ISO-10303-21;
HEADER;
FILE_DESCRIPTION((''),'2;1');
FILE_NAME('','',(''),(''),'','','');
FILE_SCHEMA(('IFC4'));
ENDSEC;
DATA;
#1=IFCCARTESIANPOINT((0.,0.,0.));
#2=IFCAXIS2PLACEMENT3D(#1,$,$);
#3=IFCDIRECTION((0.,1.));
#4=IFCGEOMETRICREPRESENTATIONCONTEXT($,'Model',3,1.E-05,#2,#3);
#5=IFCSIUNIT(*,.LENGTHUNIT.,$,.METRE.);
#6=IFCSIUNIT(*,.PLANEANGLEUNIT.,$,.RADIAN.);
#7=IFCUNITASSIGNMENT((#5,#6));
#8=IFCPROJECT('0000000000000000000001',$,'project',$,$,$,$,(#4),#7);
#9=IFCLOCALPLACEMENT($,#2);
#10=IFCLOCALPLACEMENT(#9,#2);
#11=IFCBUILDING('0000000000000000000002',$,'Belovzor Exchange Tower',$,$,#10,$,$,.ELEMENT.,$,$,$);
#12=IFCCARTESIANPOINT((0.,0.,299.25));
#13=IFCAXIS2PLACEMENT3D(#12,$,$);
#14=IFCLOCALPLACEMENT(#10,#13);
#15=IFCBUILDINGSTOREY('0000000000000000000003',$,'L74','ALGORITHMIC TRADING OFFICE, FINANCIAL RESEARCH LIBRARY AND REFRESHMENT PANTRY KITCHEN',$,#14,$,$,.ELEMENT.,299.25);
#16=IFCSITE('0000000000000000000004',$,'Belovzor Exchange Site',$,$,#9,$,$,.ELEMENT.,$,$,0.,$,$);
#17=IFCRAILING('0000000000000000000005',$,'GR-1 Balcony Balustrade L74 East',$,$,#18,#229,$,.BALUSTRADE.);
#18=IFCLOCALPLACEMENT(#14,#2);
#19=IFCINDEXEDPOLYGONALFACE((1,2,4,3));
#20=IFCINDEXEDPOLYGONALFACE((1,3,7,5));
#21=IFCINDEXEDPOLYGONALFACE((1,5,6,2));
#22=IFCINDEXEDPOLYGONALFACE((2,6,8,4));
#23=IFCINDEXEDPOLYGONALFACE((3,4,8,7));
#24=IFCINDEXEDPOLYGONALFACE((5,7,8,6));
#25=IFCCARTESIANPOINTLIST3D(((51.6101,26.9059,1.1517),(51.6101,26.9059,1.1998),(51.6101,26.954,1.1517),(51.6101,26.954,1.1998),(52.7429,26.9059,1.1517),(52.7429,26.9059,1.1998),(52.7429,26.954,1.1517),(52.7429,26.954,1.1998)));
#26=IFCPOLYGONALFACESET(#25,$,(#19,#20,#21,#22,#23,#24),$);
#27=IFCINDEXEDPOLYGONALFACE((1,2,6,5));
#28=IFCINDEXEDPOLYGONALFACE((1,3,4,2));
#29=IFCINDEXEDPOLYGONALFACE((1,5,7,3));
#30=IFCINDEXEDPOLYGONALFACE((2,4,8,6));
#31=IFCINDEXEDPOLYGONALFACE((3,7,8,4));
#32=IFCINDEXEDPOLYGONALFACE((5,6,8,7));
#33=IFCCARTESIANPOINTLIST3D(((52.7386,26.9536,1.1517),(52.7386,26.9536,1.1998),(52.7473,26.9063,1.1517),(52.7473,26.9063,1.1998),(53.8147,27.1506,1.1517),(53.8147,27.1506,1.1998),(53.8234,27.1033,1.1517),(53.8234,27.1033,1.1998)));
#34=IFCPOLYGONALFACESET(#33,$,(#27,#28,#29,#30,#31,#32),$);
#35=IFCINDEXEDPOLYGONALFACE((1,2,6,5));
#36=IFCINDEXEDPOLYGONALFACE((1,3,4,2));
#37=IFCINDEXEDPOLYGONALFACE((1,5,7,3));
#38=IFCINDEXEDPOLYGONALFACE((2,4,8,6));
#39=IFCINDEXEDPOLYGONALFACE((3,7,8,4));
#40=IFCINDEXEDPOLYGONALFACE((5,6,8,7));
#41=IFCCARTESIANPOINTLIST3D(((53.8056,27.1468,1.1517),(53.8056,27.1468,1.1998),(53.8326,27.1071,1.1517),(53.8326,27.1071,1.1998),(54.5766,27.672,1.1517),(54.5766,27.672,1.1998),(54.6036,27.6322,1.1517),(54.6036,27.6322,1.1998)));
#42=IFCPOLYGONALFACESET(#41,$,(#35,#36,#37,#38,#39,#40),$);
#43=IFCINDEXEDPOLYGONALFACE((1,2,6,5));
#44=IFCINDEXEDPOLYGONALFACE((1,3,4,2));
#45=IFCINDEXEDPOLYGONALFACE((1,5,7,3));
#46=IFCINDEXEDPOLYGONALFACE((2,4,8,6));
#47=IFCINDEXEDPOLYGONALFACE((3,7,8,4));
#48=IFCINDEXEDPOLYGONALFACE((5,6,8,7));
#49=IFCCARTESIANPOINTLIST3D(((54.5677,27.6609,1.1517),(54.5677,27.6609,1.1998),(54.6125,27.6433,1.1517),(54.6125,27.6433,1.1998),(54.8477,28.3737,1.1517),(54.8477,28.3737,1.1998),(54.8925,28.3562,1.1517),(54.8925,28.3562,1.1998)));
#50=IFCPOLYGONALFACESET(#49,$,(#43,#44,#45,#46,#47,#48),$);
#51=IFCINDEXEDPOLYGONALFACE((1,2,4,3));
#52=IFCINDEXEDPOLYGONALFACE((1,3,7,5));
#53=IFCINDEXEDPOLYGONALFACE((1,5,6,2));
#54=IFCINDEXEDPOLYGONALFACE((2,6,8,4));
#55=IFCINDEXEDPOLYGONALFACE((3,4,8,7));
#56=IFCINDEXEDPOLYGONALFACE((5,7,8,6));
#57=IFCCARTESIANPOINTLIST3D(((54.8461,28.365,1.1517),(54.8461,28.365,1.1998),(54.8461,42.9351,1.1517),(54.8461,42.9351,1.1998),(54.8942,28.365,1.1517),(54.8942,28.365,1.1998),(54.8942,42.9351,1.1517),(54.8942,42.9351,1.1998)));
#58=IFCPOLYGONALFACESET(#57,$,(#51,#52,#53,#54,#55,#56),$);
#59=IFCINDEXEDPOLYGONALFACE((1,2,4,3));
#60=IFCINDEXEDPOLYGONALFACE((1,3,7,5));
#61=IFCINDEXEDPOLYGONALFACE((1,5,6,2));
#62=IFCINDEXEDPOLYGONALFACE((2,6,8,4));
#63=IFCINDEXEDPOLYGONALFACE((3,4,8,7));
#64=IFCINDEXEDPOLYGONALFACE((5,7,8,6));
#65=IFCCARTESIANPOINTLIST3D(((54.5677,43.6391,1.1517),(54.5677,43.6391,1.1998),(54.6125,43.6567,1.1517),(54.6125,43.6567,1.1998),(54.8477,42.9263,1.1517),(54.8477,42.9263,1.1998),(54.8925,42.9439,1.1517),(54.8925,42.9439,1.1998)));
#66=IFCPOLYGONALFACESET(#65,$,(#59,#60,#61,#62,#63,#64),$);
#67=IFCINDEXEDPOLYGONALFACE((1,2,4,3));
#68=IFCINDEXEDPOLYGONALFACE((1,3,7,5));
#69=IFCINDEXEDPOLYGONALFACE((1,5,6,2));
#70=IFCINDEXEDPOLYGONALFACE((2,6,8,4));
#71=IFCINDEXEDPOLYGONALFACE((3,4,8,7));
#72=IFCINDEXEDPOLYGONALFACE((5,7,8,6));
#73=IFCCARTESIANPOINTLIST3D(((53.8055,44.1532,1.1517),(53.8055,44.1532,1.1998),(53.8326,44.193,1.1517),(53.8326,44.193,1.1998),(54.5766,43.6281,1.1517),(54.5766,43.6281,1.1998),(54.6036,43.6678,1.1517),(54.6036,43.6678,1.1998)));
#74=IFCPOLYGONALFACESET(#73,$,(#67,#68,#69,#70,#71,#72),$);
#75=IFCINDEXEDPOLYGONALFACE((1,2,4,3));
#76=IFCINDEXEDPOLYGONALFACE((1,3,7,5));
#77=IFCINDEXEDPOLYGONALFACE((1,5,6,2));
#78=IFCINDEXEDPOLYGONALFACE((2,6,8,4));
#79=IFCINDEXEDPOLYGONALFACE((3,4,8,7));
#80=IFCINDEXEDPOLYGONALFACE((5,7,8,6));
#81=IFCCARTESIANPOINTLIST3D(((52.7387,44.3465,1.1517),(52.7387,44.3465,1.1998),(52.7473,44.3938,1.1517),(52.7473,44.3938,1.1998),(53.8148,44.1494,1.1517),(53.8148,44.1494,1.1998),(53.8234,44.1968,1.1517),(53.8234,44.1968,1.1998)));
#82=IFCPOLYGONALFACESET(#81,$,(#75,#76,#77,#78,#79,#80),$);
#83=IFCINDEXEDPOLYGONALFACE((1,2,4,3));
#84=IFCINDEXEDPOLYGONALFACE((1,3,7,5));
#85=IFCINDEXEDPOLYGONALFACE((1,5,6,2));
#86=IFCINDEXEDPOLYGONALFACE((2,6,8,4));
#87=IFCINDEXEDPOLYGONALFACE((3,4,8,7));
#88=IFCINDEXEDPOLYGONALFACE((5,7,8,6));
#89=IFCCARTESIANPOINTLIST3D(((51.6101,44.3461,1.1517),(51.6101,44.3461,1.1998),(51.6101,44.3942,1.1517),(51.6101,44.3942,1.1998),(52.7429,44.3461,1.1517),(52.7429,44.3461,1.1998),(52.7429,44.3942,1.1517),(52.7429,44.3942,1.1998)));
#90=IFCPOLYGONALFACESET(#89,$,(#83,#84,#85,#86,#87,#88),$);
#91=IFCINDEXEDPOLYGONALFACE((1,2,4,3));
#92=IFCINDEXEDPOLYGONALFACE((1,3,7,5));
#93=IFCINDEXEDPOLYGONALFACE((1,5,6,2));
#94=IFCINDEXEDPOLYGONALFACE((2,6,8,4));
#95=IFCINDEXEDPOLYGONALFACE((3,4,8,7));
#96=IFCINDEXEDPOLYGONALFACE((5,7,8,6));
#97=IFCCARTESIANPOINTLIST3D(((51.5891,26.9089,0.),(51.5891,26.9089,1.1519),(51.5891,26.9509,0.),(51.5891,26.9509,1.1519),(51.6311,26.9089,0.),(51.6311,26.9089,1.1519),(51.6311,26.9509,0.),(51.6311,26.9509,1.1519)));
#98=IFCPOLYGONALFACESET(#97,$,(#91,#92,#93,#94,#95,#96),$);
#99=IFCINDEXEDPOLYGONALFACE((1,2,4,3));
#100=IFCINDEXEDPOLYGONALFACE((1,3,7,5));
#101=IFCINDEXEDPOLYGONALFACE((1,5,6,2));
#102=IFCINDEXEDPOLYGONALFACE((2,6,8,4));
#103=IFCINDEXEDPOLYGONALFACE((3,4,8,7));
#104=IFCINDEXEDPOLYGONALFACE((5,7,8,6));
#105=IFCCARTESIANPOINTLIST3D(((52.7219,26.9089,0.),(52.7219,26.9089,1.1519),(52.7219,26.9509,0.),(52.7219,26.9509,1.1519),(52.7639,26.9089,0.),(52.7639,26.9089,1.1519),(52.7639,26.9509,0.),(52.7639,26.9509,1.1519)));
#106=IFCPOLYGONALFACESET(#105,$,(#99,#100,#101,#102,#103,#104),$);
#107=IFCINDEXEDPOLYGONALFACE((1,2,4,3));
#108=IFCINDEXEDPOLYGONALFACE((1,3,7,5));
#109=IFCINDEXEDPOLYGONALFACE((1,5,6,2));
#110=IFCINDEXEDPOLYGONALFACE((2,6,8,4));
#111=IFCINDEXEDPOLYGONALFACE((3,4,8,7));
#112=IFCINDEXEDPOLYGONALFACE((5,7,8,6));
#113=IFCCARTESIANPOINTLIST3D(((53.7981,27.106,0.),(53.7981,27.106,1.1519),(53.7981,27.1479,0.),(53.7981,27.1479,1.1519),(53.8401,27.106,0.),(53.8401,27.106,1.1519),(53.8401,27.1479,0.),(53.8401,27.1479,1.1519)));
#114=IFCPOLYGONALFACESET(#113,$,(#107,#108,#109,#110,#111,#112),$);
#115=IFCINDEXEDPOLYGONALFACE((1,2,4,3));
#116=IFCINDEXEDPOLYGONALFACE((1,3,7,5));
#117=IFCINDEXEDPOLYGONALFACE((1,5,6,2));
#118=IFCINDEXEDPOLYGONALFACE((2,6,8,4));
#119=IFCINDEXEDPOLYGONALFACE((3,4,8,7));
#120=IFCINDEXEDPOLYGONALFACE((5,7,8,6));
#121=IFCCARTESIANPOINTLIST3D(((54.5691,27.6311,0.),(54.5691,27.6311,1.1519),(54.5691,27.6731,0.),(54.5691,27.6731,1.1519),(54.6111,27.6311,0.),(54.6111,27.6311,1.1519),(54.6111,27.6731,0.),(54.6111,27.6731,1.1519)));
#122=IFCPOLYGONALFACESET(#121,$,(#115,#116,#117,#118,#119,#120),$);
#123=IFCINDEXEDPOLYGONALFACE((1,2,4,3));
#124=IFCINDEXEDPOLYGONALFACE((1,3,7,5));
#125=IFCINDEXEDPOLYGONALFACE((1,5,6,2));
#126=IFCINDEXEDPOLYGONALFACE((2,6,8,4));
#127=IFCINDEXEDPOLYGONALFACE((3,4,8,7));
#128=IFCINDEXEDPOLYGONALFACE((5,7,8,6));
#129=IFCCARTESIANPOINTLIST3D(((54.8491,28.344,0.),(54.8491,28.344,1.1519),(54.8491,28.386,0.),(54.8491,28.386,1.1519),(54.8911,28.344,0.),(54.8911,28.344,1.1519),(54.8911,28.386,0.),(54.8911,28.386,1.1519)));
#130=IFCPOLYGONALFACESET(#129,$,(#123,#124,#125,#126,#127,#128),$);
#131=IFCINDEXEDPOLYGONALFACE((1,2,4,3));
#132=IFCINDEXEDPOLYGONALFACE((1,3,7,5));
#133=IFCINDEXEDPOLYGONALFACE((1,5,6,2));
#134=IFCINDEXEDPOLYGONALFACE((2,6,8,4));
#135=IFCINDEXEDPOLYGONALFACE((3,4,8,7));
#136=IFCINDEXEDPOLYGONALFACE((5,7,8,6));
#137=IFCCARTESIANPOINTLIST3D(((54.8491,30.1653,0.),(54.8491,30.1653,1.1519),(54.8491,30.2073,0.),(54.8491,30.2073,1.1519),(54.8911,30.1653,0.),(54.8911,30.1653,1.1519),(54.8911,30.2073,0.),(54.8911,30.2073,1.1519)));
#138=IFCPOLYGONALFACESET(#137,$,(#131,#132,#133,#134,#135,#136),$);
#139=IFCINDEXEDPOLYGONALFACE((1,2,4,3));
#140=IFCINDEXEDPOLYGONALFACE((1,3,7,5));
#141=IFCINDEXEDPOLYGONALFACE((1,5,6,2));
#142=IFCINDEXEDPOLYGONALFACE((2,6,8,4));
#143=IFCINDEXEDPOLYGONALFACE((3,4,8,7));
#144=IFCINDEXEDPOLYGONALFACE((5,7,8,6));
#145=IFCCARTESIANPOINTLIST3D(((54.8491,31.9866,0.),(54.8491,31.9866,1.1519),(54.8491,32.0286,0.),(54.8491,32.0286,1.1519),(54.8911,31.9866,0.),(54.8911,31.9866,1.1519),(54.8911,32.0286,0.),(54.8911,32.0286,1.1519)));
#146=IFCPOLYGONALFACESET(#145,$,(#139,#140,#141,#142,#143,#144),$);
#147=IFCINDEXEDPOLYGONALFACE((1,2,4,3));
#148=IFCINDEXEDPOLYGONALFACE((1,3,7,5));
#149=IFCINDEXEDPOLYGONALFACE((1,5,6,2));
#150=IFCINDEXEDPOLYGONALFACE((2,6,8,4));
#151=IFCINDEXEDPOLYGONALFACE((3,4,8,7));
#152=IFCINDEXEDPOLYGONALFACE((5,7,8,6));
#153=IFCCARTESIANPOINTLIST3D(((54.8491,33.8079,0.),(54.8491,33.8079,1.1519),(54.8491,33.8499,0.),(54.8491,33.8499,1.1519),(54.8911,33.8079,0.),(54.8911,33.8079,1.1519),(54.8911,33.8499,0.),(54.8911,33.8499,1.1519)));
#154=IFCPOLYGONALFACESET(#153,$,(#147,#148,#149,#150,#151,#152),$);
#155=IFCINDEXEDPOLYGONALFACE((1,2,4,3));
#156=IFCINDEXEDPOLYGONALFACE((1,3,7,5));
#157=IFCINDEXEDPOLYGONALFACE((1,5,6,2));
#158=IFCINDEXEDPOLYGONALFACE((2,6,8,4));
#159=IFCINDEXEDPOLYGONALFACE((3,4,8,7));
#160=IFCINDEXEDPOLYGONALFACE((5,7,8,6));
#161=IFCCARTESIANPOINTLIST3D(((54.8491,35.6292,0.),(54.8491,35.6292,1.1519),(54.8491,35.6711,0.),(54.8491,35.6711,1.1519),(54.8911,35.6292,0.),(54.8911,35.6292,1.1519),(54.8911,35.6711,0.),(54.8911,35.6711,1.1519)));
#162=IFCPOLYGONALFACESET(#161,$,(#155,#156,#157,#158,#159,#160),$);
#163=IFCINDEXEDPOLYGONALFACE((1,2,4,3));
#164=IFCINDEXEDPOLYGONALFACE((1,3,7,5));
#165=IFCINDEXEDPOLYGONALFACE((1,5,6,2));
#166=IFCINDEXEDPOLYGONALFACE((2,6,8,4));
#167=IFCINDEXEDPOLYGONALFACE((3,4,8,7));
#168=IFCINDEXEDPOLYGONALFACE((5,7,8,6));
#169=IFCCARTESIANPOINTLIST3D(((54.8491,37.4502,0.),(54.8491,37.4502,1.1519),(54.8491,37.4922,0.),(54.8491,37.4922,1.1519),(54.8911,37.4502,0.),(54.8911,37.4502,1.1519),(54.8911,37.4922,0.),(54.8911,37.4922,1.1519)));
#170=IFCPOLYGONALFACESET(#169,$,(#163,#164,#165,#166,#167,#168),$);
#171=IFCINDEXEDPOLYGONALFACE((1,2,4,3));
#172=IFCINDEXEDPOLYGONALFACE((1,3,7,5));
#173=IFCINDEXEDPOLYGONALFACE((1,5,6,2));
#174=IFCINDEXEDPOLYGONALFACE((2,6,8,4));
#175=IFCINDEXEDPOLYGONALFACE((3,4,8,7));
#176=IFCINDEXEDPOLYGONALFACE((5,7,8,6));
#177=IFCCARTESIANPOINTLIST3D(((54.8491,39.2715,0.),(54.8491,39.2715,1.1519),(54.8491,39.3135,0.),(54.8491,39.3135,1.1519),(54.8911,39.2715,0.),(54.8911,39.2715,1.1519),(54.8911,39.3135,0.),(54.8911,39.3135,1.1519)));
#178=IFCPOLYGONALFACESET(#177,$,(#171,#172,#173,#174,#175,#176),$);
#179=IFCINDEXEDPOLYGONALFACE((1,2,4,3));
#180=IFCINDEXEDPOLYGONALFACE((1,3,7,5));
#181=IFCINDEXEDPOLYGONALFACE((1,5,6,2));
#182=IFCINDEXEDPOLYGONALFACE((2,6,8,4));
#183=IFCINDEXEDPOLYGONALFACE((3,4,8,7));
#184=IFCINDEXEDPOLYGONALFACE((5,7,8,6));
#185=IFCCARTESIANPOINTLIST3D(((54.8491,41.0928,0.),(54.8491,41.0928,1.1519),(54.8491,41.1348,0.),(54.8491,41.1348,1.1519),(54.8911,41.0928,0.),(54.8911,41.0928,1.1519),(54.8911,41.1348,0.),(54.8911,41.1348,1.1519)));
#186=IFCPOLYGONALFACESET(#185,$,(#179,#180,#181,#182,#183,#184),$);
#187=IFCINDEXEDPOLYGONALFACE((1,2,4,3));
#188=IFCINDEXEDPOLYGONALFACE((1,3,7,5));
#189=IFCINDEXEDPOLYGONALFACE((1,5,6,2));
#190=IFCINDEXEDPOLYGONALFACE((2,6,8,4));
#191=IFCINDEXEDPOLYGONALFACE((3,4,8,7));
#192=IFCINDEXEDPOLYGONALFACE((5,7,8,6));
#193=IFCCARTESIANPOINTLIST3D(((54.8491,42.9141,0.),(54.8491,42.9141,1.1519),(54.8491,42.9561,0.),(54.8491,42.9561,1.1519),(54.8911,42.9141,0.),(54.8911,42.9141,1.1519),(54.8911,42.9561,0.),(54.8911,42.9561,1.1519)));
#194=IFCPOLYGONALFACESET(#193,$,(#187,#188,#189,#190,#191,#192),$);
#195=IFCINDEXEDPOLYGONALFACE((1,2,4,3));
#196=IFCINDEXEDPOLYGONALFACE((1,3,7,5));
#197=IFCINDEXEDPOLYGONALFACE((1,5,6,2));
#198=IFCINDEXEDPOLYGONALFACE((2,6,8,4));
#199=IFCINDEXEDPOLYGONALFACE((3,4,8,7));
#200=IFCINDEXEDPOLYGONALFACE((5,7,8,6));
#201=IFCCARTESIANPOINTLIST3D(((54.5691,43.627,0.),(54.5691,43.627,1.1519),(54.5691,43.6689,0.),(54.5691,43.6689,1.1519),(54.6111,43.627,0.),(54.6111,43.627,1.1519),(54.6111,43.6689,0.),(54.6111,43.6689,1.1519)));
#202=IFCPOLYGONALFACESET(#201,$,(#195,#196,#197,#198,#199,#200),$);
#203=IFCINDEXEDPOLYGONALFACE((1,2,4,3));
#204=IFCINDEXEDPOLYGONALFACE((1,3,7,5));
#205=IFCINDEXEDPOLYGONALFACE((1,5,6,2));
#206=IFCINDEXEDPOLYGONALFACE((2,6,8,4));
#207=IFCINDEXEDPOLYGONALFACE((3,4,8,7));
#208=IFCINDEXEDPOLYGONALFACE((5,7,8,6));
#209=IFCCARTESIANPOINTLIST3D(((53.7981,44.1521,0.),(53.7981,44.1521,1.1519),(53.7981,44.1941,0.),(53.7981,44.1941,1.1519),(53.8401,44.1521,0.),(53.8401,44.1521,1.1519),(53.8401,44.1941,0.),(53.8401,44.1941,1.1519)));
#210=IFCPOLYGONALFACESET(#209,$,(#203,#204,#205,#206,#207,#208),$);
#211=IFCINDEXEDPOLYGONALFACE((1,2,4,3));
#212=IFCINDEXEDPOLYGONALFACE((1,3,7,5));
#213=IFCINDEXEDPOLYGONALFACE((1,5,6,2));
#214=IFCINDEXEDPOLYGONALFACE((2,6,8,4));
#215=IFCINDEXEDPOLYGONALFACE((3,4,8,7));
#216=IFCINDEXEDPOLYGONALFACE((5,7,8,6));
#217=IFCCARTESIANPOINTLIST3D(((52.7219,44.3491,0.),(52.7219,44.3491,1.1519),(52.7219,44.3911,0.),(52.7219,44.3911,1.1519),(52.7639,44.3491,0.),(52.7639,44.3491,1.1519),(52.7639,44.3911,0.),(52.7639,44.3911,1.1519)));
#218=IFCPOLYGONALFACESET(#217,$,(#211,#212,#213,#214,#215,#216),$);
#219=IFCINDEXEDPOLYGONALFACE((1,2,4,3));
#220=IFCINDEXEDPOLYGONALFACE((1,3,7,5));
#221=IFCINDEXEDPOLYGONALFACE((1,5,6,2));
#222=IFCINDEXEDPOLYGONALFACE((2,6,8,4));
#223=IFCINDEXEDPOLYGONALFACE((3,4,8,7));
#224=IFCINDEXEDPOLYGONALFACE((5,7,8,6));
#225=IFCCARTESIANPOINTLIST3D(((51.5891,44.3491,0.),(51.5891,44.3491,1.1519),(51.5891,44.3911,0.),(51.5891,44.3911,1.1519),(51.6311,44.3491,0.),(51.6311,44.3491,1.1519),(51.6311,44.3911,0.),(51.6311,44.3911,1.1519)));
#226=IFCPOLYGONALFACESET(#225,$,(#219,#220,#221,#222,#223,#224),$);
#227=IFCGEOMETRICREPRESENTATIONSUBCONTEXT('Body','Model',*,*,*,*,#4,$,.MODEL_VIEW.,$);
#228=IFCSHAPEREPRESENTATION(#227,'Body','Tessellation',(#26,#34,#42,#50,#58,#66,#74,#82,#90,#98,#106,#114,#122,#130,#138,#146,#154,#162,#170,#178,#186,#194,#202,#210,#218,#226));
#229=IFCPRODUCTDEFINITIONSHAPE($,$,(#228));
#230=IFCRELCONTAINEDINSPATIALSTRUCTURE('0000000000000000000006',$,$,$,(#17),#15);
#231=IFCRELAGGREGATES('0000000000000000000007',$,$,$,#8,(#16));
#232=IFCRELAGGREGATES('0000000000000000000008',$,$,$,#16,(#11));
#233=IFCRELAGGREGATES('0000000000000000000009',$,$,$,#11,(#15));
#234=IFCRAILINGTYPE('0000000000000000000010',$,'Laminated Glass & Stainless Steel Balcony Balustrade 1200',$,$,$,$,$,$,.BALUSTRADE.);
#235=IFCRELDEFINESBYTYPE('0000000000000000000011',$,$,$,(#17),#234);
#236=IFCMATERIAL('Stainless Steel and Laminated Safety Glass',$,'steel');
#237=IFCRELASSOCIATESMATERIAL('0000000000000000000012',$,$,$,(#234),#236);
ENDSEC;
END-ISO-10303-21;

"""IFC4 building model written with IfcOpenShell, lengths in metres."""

from ifc_helpers import new_model, si_unit, direction, frame, origin, origin_2d, place, context, subcontext, project, spatial, rectangle, extrude, material, type_object, element, save


model = new_model("IFC4")

# Units and contexts
model_context = context("Model", 3, precision=1e-05, world=origin(), true_north=direction((0.0, 1.0)))
body_context = subcontext(model_context, "Body", "Model", "MODEL_VIEW")
ifc_project = project(units=[si_unit("LENGTHUNIT", "METRE"), si_unit("PLANEANGLEUNIT", "RADIAN")], contexts=[model_context])

# Site, building, storey
site_placement = place(None, origin())
site = spatial("IfcSite", under=ifc_project, at=site_placement, Name="Belovzor Exchange Site", CompositionType="ELEMENT", RefElevation=0.0)
building_placement = place(site_placement, origin())
building = spatial("IfcBuilding", under=site, at=building_placement, Name="Belovzor Exchange Tower", CompositionType="ELEMENT")
storey_placement = place(building_placement, frame((0.0, 0.0, 299.25)))
storey = spatial("IfcBuildingStorey", under=building, at=storey_placement, Name="L74", Description="ALGORITHMIC TRADING OFFICE, FINANCIAL RESEARCH LIBRARY AND REFRESHMENT PANTRY KITCHEN", CompositionType="ELEMENT", Elevation=299.25)

# Railing
ifc_material_1 = material(Name="Stainless Steel and Laminated Safety Glass", Category="steel")
railing_type = type_object("IfcRailingType", Name="Laminated Glass & Stainless Steel Balcony Balustrade 1200", PredefinedType="BALUSTRADE", material=ifc_material_1)
railing_placement = place(storey_placement, frame((51.6101, 26.9299, 0.0)))
element("IfcRailing", 1, at=railing_placement, inside=storey, type_object=railing_type, Name="GR-1 Balcony Balustrade L74 East", PredefinedType="BALUSTRADE", context=body_context, shape_type="SweptSolid", body=[
    extrude(rectangle(XDim=0.0481, YDim=0.0481, at=origin_2d()), frame((0.0, 0.0, 1.1758), z_axis=(1.0, 0.0, 0.0), x_axis=(0.0, 1.0, 0.0)), (0.0, 0.0, 1.0), 1.1328),
    extrude(rectangle(XDim=0.0481, YDim=0.0481, at=origin_2d()), frame((1.1328, 0.0, 1.1758), z_axis=(0.983651, 0.180083, 0.0), x_axis=(-0.180083, 0.983651, 0.0)), (0.0, 0.0, 1.0), 1.094),
    extrude(rectangle(XDim=0.0481, YDim=0.0481, at=origin_2d()), frame((2.209, 0.197, 1.1758), z_axis=(0.826493, 0.562947, 0.0), x_axis=(-0.562947, 0.826493, 0.0)), (0.0, 0.0, 1.0), 0.9329),
    extrude(rectangle(XDim=0.0481, YDim=0.0481, at=origin_2d()), frame((2.98, 0.7222, 1.1758), z_axis=(0.365613, 0.930767, 0.0), x_axis=(-0.930767, 0.365613, 0.0)), (0.0, 0.0, 1.0), 0.7659),
    extrude(rectangle(XDim=0.0481, YDim=0.0481, at=origin_2d()), frame((3.26, 1.4351, 1.1758), z_axis=(0.0, 1.0, 0.0), x_axis=(-1.0, 0.0, 0.0)), (0.0, 0.0, 1.0), 14.5701),
    extrude(rectangle(XDim=0.0481, YDim=0.0481, at=origin_2d()), frame((3.26, 16.0051, 1.1758), z_axis=(-0.365613, 0.930767, 0.0), x_axis=(-0.930767, -0.365613, 0.0)), (0.0, 0.0, 1.0), 0.7659),
    extrude(rectangle(XDim=0.0481, YDim=0.0481, at=origin_2d()), frame((2.98, 16.718, 1.1758), z_axis=(-0.826493, 0.562947, 0.0), x_axis=(-0.562947, -0.826493, 0.0)), (0.0, 0.0, 1.0), 0.9329),
    extrude(rectangle(XDim=0.0481, YDim=0.0481, at=origin_2d()), frame((2.209, 17.2432, 1.1758), z_axis=(-0.983651, 0.180083, 0.0), x_axis=(-0.180083, -0.983651, 0.0)), (0.0, 0.0, 1.0), 1.094),
    extrude(rectangle(XDim=0.0481, YDim=0.0481, at=origin_2d()), frame((1.1328, 17.4402, 1.1758), z_axis=(-1.0, 0.0, 0.0), x_axis=(0.0, -1.0, 0.0)), (0.0, 0.0, 1.0), 1.1328),
    extrude(rectangle(XDim=0.042, YDim=0.042, at=origin_2d()), origin(), (0.0, 0.0, 1.0), 1.1519),
    extrude(rectangle(XDim=0.042, YDim=0.042, at=origin_2d()), frame((1.1328, 0.0, 0.0)), (0.0, 0.0, 1.0), 1.1519),
    extrude(rectangle(XDim=0.042, YDim=0.042, at=origin_2d()), frame((2.209, 0.197, 0.0)), (0.0, 0.0, 1.0), 1.1519),
    extrude(rectangle(XDim=0.042, YDim=0.042, at=origin_2d()), frame((2.98, 0.7222, 0.0)), (0.0, 0.0, 1.0), 1.1519),
    extrude(rectangle(XDim=0.042, YDim=0.042, at=origin_2d()), frame((3.26, 1.4351, 0.0)), (0.0, 0.0, 1.0), 1.1519),
    extrude(rectangle(XDim=0.042, YDim=0.042, at=origin_2d()), frame((3.26, 3.2563, 0.0)), (0.0, 0.0, 1.0), 1.1519),
    extrude(rectangle(XDim=0.042, YDim=0.042, at=origin_2d()), frame((3.26, 5.0776, 0.0)), (0.0, 0.0, 1.0), 1.1519),
    extrude(rectangle(XDim=0.042, YDim=0.042, at=origin_2d()), frame((3.26, 6.8989, 0.0)), (0.0, 0.0, 1.0), 1.1519),
    extrude(rectangle(XDim=0.042, YDim=0.042, at=origin_2d()), frame((3.26, 8.7202, 0.0)), (0.0, 0.0, 1.0), 1.1519),
    extrude(rectangle(XDim=0.042, YDim=0.042, at=origin_2d()), frame((3.26, 10.5413, 0.0)), (0.0, 0.0, 1.0), 1.1519),
    extrude(rectangle(XDim=0.042, YDim=0.042, at=origin_2d()), frame((3.26, 12.3625, 0.0)), (0.0, 0.0, 1.0), 1.1519),
    extrude(rectangle(XDim=0.042, YDim=0.042, at=origin_2d()), frame((3.26, 14.1838, 0.0)), (0.0, 0.0, 1.0), 1.1519),
    extrude(rectangle(XDim=0.042, YDim=0.042, at=origin_2d()), frame((3.26, 16.0051, 0.0)), (0.0, 0.0, 1.0), 1.1519),
    extrude(rectangle(XDim=0.042, YDim=0.042, at=origin_2d()), frame((2.98, 16.718, 0.0)), (0.0, 0.0, 1.0), 1.1519),
    extrude(rectangle(XDim=0.042, YDim=0.042, at=origin_2d()), frame((2.209, 17.2432, 0.0)), (0.0, 0.0, 1.0), 1.1519),
    extrude(rectangle(XDim=0.042, YDim=0.042, at=origin_2d()), frame((1.1328, 17.4402, 0.0)), (0.0, 0.0, 1.0), 1.1519),
    extrude(rectangle(XDim=0.042, YDim=0.042, at=origin_2d()), frame((0.0, 17.4402, 0.0)), (0.0, 0.0, 1.0), 1.1519),
])

save(model, "model.ifc")
